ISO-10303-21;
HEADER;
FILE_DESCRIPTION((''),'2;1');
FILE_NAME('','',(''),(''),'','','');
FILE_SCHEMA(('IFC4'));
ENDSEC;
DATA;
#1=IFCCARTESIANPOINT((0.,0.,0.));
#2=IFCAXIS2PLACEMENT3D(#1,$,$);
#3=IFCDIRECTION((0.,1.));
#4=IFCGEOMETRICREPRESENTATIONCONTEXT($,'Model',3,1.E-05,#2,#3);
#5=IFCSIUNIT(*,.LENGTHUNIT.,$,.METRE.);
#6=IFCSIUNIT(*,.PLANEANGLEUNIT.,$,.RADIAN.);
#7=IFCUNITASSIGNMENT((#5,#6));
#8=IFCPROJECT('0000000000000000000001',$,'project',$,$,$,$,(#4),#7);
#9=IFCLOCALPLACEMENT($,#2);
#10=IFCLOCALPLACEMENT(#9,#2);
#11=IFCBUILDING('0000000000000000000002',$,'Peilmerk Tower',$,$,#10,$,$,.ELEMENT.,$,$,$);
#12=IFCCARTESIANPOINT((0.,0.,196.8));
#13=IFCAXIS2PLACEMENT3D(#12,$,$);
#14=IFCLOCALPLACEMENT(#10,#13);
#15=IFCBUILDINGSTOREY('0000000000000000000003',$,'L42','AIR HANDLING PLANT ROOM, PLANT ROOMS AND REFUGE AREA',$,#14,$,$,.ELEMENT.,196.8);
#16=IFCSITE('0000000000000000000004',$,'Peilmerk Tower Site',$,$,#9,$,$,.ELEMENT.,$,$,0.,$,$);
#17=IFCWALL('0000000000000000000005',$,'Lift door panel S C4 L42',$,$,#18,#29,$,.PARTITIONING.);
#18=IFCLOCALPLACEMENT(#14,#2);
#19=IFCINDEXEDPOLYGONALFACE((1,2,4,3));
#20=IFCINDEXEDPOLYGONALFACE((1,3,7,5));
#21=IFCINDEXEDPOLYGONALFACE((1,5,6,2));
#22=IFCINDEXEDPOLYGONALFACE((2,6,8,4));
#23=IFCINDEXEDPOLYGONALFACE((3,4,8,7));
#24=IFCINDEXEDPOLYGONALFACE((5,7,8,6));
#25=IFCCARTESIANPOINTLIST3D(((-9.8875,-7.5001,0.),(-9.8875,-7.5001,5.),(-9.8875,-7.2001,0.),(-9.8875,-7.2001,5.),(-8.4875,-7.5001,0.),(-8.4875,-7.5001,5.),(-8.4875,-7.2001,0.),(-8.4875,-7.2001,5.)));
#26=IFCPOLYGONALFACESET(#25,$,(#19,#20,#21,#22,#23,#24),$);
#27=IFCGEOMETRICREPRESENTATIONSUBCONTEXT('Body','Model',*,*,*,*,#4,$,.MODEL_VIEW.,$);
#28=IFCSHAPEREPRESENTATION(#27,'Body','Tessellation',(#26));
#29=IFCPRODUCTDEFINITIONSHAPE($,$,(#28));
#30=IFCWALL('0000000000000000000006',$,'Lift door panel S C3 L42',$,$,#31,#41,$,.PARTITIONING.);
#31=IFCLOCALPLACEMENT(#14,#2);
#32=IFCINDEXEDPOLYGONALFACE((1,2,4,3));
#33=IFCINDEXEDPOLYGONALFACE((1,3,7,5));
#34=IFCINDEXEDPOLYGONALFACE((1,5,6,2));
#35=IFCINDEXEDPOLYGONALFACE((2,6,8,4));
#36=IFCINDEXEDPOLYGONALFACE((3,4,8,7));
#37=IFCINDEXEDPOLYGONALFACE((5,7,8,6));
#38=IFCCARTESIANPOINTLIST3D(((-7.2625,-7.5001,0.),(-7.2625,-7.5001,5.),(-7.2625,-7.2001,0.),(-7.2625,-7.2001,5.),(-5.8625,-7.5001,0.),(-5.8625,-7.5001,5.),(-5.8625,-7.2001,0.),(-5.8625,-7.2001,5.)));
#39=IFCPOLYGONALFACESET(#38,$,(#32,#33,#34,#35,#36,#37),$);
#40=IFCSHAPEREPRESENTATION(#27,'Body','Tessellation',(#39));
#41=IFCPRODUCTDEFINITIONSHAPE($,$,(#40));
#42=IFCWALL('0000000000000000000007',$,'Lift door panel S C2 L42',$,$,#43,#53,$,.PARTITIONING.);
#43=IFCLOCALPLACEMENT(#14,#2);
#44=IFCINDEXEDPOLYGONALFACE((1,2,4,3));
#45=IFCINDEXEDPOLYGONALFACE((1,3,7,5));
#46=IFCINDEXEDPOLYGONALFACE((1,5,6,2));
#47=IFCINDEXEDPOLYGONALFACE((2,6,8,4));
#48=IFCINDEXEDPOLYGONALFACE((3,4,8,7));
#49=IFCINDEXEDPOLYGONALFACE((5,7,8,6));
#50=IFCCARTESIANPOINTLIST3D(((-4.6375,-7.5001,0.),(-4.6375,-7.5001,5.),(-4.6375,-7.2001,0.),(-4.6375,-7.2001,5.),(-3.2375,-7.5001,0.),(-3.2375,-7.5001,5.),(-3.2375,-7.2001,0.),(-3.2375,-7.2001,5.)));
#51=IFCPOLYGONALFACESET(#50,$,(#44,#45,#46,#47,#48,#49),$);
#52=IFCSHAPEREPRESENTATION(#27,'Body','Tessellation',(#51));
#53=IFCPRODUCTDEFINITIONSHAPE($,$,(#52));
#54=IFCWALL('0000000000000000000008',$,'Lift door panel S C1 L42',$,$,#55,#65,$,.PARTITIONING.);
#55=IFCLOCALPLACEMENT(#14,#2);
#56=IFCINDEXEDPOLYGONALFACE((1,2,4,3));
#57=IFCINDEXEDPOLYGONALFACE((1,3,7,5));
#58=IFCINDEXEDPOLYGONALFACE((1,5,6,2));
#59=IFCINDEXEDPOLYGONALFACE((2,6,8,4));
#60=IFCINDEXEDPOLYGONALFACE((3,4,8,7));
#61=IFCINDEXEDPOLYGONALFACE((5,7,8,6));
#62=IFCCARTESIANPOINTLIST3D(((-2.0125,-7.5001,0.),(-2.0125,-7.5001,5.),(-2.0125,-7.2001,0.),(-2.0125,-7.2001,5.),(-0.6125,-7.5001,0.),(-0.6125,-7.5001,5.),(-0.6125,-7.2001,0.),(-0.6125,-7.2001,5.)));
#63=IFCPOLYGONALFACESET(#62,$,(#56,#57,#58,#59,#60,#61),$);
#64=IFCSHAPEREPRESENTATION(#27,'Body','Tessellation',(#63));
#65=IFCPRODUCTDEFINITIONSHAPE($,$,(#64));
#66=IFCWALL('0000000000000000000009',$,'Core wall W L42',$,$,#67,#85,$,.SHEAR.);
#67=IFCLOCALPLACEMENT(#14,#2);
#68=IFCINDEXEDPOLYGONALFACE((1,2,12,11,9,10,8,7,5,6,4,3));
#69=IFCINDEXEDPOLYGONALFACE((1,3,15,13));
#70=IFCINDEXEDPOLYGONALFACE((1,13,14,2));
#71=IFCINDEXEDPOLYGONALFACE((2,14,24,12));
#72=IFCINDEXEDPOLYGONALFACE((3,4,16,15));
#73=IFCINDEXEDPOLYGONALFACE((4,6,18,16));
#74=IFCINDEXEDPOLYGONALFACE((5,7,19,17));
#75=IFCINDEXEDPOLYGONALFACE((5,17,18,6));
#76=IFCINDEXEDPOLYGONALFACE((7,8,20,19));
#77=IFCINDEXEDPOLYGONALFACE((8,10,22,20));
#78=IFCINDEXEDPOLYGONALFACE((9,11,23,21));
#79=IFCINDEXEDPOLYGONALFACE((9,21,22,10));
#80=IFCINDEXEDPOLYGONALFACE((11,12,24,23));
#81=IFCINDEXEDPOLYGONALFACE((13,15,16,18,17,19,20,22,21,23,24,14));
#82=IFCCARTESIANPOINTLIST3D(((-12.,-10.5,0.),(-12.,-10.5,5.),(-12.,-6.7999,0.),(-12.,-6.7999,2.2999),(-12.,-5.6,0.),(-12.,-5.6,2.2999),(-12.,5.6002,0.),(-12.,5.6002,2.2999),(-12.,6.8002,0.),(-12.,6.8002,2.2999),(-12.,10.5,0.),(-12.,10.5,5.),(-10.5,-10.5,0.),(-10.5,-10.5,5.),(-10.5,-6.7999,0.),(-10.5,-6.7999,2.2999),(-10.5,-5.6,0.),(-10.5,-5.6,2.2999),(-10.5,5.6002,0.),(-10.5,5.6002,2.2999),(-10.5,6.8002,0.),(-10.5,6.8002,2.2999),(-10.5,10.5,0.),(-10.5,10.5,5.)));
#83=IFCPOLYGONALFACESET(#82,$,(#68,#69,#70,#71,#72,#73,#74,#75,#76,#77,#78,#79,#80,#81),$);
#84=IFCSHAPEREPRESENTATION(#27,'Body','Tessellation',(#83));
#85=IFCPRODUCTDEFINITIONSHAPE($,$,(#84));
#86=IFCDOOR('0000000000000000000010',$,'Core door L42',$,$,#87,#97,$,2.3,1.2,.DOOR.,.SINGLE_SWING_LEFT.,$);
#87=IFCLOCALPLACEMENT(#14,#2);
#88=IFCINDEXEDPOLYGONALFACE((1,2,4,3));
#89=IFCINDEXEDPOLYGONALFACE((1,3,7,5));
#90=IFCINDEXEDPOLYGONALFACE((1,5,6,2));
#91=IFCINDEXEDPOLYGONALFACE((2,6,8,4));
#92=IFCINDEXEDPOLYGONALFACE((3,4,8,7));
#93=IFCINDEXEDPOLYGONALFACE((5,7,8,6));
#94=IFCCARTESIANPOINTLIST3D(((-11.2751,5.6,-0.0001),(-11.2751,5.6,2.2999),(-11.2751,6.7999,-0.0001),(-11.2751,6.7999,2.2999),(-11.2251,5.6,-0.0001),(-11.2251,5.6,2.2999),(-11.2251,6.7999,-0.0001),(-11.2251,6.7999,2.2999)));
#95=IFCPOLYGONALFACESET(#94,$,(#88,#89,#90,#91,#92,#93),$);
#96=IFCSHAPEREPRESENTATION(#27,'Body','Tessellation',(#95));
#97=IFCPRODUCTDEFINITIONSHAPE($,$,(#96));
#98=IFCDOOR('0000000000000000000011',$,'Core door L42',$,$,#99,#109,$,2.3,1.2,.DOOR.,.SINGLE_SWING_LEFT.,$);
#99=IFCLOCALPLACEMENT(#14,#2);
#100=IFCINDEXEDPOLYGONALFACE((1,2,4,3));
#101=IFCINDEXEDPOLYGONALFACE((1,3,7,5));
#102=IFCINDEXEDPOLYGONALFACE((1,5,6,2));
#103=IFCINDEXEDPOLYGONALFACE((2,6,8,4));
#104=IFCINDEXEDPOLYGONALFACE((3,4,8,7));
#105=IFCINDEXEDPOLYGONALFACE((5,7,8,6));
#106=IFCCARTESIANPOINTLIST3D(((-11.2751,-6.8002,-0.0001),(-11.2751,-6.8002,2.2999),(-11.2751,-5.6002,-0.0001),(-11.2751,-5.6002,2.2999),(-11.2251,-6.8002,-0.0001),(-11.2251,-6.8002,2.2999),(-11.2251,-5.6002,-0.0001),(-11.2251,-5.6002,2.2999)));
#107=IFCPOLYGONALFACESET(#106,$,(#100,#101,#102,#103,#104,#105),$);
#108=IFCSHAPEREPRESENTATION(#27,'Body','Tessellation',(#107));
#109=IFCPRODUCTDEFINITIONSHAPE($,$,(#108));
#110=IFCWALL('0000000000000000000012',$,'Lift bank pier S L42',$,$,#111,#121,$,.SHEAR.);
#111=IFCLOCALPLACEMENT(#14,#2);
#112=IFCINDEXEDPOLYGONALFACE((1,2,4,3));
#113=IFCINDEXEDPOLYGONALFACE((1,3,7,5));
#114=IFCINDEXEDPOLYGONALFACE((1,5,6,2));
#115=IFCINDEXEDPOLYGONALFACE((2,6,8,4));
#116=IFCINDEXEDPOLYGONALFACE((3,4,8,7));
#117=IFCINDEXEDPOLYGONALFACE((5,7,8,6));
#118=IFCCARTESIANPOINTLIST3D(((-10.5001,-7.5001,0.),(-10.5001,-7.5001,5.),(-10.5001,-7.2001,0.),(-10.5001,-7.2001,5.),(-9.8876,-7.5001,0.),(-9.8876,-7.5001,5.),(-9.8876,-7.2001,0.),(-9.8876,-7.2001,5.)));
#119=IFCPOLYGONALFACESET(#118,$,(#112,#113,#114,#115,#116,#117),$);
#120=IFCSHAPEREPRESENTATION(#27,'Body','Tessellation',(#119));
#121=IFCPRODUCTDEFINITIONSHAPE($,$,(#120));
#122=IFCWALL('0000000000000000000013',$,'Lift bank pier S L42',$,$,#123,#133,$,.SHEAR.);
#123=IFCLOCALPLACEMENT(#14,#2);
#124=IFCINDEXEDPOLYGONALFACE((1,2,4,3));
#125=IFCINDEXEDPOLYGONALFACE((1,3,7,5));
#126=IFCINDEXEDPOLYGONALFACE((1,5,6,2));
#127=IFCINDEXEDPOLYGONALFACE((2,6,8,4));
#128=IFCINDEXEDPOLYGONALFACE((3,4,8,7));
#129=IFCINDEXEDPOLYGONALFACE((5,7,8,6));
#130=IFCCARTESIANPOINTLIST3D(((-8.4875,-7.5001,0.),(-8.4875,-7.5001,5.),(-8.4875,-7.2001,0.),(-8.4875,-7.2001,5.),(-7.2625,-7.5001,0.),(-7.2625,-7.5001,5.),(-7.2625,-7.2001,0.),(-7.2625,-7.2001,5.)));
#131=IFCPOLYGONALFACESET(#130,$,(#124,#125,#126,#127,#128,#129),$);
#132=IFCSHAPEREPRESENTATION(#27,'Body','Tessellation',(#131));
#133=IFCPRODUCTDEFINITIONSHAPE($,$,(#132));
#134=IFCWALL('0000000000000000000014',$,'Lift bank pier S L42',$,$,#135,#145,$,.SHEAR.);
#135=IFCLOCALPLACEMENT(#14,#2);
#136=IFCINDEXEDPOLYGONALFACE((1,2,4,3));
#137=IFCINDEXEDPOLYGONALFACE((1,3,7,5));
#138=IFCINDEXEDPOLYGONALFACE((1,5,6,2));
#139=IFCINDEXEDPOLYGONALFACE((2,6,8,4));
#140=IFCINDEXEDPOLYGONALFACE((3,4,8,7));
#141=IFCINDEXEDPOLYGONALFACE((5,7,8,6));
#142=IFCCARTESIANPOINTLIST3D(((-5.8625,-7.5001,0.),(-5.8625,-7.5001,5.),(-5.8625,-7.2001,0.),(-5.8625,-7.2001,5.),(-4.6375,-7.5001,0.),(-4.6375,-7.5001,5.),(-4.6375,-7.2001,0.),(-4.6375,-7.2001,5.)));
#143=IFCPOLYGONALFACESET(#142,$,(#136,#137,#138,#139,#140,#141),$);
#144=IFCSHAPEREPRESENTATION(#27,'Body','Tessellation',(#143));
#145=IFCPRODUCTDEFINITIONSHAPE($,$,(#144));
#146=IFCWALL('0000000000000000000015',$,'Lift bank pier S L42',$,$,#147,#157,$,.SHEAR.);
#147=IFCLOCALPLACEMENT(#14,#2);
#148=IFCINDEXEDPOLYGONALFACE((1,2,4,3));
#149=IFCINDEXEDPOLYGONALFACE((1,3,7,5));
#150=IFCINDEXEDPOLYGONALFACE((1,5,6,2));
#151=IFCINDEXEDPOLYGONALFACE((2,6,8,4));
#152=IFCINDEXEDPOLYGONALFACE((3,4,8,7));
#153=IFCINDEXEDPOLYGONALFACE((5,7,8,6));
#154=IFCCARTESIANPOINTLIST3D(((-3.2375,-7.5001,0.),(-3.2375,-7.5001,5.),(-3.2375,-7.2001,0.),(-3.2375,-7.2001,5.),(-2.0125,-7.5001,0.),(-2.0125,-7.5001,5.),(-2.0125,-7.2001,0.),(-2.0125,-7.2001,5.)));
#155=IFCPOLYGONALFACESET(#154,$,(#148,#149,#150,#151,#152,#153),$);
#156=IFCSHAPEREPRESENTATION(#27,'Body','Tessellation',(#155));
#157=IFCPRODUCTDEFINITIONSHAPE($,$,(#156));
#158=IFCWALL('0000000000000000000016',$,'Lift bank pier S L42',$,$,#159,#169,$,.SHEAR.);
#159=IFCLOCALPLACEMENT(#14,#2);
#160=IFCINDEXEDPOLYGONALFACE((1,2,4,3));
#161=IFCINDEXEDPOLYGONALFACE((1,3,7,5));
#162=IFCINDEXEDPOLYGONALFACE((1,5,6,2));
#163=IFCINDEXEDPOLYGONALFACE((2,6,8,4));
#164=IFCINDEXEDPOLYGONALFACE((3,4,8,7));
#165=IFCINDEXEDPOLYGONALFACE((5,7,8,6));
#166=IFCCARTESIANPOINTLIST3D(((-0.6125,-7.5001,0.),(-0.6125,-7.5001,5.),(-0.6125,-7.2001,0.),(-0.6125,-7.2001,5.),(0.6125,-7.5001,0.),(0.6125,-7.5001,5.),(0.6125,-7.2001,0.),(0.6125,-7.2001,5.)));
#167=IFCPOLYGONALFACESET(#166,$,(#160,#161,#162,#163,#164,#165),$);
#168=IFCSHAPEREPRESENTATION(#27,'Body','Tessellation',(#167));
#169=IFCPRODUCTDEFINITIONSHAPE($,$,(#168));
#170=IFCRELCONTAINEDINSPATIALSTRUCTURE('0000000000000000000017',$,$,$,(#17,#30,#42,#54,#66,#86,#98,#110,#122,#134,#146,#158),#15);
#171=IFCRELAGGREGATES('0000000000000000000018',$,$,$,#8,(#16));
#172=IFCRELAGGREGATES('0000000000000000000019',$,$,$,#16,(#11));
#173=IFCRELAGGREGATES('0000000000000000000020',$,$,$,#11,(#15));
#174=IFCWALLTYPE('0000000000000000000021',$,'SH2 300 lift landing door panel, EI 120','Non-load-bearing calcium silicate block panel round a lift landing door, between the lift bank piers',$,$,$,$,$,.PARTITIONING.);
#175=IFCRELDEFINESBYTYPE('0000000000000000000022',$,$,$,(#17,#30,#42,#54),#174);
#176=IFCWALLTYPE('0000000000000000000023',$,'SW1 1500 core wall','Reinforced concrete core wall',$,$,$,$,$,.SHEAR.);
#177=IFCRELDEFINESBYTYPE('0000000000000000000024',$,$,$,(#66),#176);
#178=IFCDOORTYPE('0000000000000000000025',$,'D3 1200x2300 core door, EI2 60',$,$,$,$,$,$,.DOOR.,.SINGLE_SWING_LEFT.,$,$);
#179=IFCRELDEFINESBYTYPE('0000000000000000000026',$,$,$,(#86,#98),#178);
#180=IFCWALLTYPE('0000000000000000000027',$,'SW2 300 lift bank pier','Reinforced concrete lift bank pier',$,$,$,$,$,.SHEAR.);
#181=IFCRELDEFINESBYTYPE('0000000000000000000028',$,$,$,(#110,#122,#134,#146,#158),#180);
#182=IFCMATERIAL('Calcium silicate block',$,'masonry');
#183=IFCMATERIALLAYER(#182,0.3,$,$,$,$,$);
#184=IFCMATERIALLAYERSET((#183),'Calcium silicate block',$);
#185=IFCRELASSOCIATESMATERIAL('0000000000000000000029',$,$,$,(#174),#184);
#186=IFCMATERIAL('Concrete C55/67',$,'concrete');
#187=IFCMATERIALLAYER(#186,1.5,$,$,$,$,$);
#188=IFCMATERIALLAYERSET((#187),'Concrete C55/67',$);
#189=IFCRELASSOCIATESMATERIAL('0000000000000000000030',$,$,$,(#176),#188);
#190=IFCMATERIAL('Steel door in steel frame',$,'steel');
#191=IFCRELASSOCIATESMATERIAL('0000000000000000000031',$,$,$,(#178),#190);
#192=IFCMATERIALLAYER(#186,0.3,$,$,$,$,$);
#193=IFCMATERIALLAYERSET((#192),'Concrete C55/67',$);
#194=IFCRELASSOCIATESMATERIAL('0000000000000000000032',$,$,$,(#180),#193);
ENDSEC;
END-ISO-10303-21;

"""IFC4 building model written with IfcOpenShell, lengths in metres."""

from ifc_helpers import new_model, si_unit, direction, frame, frame_2d, origin, place, context, subcontext, project, spatial, rectangle, extrude, material, layer, layer_set, type_object, element, fill, save


model = new_model("IFC4")

# Units and contexts
model_context = context("Model", 3, precision=1e-05, world=origin(), true_north=direction((0.0, 1.0)))
body_context = subcontext(model_context, "Body", "Model", "MODEL_VIEW")
ifc_project = project(units=[si_unit("LENGTHUNIT", "METRE"), si_unit("PLANEANGLEUNIT", "RADIAN")], contexts=[model_context])

# Site, building, storey
site_placement = place(None, origin())
site = spatial("IfcSite", under=ifc_project, at=site_placement, Name="Peilmerk Tower Site", CompositionType="ELEMENT", RefElevation=0.0)
building_placement = place(site_placement, origin())
building = spatial("IfcBuilding", under=site, at=building_placement, Name="Peilmerk Tower", CompositionType="ELEMENT")
storey_placement = place(building_placement, frame((0.0, 0.0, 196.8)))
storey = spatial("IfcBuildingStorey", under=building, at=storey_placement, Name="L42", Description="AIR HANDLING PLANT ROOM, PLANT ROOMS AND REFUGE AREA", CompositionType="ELEMENT", Elevation=196.8)

# Walls
ifc_material_1 = material(Name="Calcium silicate block", Category="masonry")
ifc_layer_1 = layer(ifc_material_1, 0.3)
ifc_layer_set_1 = layer_set([ifc_layer_1], Name="Calcium silicate block")
wall_type_1 = type_object("IfcWallType", Name="SH2 300 lift landing door panel, EI 120", Description="Non-load-bearing calcium silicate block panel round a lift landing door, between the lift bank piers", PredefinedType="PARTITIONING", material=ifc_layer_set_1)
for number, where, z_axis, x_axis, name in (
    (1, (-9.8875, -7.3501, 0.0), (0.0, 0.0, 1.0), (1.0, 0.0, 0.0), "Lift door panel S C4 L42"),
    (2, (-7.2625, -7.3501, 0.0), (0.0, 0.0, 1.0), (1.0, 0.0, 0.0), "Lift door panel S C3 L42"),
    (3, (-4.6375, -7.3501, 0.0), (0.0, 0.0, 1.0), (1.0, 0.0, 0.0), "Lift door panel S C2 L42"),
    (4, (-2.0125, -7.3501, 0.0), (0.0, 0.0, 1.0), (1.0, 0.0, 0.0), "Lift door panel S C1 L42"),
):
    element("IfcWall", number, at=place(storey_placement, frame(where, z_axis=z_axis, x_axis=x_axis)), inside=storey, type_object=wall_type_1, Name=name, PredefinedType="PARTITIONING", context=body_context, shape_type="SweptSolid", body=[
        extrude(rectangle(XDim=1.3999, YDim=0.3, at=frame_2d((0.7, 0.0))), origin(), (0.0, 0.0, 1.0), 5.0),
    ])

# Wall, openings, doors
ifc_material_2 = material(Name="Concrete C55/67", Category="concrete")
ifc_layer_2 = layer(ifc_material_2, 1.5)
ifc_layer_set_2 = layer_set([ifc_layer_2], Name="Concrete C55/67")
wall_type_2 = type_object("IfcWallType", Name="SW1 1500 core wall", Description="Reinforced concrete core wall", PredefinedType="SHEAR", material=ifc_layer_set_2)
wall_1_placement = place(storey_placement, frame((-11.25, -10.5, 0.0), z_axis=(0.0, 0.0, 1.0), x_axis=(0.0, 1.0, 0.0)))
wall_1 = element("IfcWall", 5, at=wall_1_placement, inside=storey, type_object=wall_type_2, Name="Core wall W L42", PredefinedType="SHEAR", context=body_context, shape_type="SweptSolid", body=[
    extrude(rectangle(XDim=21.0, YDim=1.5, at=frame_2d((10.5, 0.0))), origin(), (0.0, 0.0, 1.0), 5.0),
])
opening_1_placement = place(wall_1_placement, frame((16.1001, 0.0, 0.0)))
opening_1 = element("IfcOpeningElement", 6, at=opening_1_placement, cuts=wall_1, PredefinedType="OPENING", context=body_context, shape_type="SweptSolid", body=[
    extrude(rectangle(XDim=1.2, YDim=2.3, at=frame_2d((0.6001, 1.1499))), frame((0.0, 0.76, 0.0), z_axis=(0.0, -1.0, 0.0), x_axis=(1.0, 0.0, 0.0)), (0.0, 0.0, 1.0), 1.52),
])
opening_2_placement = place(wall_1_placement, frame((3.7, 0.0, 0.0)))
opening_2 = element("IfcOpeningElement", 7, at=opening_2_placement, cuts=wall_1, PredefinedType="OPENING", context=body_context, shape_type="SweptSolid", body=[
    extrude(rectangle(XDim=1.2, YDim=2.3, at=frame_2d((0.6001, 1.1499))), frame((0.0, 0.76, 0.0), z_axis=(0.0, -1.0, 0.0), x_axis=(1.0, 0.0, 0.0)), (0.0, 0.0, 1.0), 1.52),
])
ifc_material_3 = material(Name="Steel door in steel frame", Category="steel")
door_type = type_object("IfcDoorType", Name="D3 1200x2300 core door, EI2 60", OperationType="SINGLE_SWING_LEFT", PredefinedType="DOOR", material=ifc_material_3)
door_1_placement = place(opening_1_placement, frame((1.2, 0.0, 0.0), z_axis=(0.0, 0.0, 1.0), x_axis=(-1.0, 0.0, 0.0)))
door_1 = element("IfcDoor", 8, at=door_1_placement, inside=storey, type_object=door_type, Name="Core door L42", OperationType="SINGLE_SWING_LEFT", OverallHeight=2.3, OverallWidth=1.2, PredefinedType="DOOR", context=body_context, shape_type="SweptSolid", body=[
    extrude(rectangle(XDim=1.2, YDim=2.3, at=frame_2d((0.6001, 1.1499))), frame((0.0, 0.0249, 0.0), z_axis=(0.0, -1.0, 0.0), x_axis=(1.0, 0.0, 0.0)), (0.0, 0.0, 1.0), 0.05),
])
fill(opening_1, door_1)
door_2_placement = place(opening_2_placement, frame((1.2, 0.0, 0.0), z_axis=(0.0, 0.0, 1.0), x_axis=(-1.0, 0.0, 0.0)))
door_2 = element("IfcDoor", 9, at=door_2_placement, inside=storey, type_object=door_type, Name="Core door L42", OperationType="SINGLE_SWING_LEFT", OverallHeight=2.3, OverallWidth=1.2, PredefinedType="DOOR", context=body_context, shape_type="SweptSolid", body=[
    extrude(rectangle(XDim=1.2, YDim=2.3, at=frame_2d((0.6001, 1.1499))), frame((0.0, 0.0249, 0.0), z_axis=(0.0, -1.0, 0.0), x_axis=(1.0, 0.0, 0.0)), (0.0, 0.0, 1.0), 0.05),
])
fill(opening_2, door_2)

# Walls
ifc_layer_3 = layer(ifc_material_2, 0.3)
ifc_layer_set_3 = layer_set([ifc_layer_3], Name="Concrete C55/67")
wall_type_3 = type_object("IfcWallType", Name="SW2 300 lift bank pier", Description="Reinforced concrete lift bank pier", PredefinedType="SHEAR", material=ifc_layer_set_3)
wall_2_placement = place(storey_placement, frame((-10.5, -7.3501, 0.0), z_axis=(0.0, 0.0, 1.0), x_axis=(1.0, 0.0, 0.0)))
element("IfcWall", 10, at=wall_2_placement, inside=storey, type_object=wall_type_3, Name="Lift bank pier S L42", PredefinedType="SHEAR", context=body_context, shape_type="SweptSolid", body=[
    extrude(rectangle(XDim=0.6125, YDim=0.3, at=frame_2d((0.3062, 0.0))), origin(), (0.0, 0.0, 1.0), 5.0),
])
for number, where, z_axis, x_axis, name in (
    (11, (-8.4875, -7.3501, 0.0), (0.0, 0.0, 1.0), (1.0, 0.0, 0.0), "Lift bank pier S L42"),
    (12, (-5.8625, -7.3501, 0.0), (0.0, 0.0, 1.0), (1.0, 0.0, 0.0), "Lift bank pier S L42"),
    (13, (-3.2375, -7.3501, 0.0), (0.0, 0.0, 1.0), (1.0, 0.0, 0.0), "Lift bank pier S L42"),
    (14, (-0.6125, -7.3501, 0.0), (0.0, 0.0, 1.0), (1.0, 0.0, 0.0), "Lift bank pier S L42"),
):
    element("IfcWall", number, at=place(storey_placement, frame(where, z_axis=z_axis, x_axis=x_axis)), inside=storey, type_object=wall_type_3, Name=name, PredefinedType="SHEAR", context=body_context, shape_type="SweptSolid", body=[
        extrude(rectangle(XDim=1.2251, YDim=0.3, at=frame_2d((0.6125, 0.0))), origin(), (0.0, 0.0, 1.0), 5.0),
    ])

save(model, "model.ifc")
